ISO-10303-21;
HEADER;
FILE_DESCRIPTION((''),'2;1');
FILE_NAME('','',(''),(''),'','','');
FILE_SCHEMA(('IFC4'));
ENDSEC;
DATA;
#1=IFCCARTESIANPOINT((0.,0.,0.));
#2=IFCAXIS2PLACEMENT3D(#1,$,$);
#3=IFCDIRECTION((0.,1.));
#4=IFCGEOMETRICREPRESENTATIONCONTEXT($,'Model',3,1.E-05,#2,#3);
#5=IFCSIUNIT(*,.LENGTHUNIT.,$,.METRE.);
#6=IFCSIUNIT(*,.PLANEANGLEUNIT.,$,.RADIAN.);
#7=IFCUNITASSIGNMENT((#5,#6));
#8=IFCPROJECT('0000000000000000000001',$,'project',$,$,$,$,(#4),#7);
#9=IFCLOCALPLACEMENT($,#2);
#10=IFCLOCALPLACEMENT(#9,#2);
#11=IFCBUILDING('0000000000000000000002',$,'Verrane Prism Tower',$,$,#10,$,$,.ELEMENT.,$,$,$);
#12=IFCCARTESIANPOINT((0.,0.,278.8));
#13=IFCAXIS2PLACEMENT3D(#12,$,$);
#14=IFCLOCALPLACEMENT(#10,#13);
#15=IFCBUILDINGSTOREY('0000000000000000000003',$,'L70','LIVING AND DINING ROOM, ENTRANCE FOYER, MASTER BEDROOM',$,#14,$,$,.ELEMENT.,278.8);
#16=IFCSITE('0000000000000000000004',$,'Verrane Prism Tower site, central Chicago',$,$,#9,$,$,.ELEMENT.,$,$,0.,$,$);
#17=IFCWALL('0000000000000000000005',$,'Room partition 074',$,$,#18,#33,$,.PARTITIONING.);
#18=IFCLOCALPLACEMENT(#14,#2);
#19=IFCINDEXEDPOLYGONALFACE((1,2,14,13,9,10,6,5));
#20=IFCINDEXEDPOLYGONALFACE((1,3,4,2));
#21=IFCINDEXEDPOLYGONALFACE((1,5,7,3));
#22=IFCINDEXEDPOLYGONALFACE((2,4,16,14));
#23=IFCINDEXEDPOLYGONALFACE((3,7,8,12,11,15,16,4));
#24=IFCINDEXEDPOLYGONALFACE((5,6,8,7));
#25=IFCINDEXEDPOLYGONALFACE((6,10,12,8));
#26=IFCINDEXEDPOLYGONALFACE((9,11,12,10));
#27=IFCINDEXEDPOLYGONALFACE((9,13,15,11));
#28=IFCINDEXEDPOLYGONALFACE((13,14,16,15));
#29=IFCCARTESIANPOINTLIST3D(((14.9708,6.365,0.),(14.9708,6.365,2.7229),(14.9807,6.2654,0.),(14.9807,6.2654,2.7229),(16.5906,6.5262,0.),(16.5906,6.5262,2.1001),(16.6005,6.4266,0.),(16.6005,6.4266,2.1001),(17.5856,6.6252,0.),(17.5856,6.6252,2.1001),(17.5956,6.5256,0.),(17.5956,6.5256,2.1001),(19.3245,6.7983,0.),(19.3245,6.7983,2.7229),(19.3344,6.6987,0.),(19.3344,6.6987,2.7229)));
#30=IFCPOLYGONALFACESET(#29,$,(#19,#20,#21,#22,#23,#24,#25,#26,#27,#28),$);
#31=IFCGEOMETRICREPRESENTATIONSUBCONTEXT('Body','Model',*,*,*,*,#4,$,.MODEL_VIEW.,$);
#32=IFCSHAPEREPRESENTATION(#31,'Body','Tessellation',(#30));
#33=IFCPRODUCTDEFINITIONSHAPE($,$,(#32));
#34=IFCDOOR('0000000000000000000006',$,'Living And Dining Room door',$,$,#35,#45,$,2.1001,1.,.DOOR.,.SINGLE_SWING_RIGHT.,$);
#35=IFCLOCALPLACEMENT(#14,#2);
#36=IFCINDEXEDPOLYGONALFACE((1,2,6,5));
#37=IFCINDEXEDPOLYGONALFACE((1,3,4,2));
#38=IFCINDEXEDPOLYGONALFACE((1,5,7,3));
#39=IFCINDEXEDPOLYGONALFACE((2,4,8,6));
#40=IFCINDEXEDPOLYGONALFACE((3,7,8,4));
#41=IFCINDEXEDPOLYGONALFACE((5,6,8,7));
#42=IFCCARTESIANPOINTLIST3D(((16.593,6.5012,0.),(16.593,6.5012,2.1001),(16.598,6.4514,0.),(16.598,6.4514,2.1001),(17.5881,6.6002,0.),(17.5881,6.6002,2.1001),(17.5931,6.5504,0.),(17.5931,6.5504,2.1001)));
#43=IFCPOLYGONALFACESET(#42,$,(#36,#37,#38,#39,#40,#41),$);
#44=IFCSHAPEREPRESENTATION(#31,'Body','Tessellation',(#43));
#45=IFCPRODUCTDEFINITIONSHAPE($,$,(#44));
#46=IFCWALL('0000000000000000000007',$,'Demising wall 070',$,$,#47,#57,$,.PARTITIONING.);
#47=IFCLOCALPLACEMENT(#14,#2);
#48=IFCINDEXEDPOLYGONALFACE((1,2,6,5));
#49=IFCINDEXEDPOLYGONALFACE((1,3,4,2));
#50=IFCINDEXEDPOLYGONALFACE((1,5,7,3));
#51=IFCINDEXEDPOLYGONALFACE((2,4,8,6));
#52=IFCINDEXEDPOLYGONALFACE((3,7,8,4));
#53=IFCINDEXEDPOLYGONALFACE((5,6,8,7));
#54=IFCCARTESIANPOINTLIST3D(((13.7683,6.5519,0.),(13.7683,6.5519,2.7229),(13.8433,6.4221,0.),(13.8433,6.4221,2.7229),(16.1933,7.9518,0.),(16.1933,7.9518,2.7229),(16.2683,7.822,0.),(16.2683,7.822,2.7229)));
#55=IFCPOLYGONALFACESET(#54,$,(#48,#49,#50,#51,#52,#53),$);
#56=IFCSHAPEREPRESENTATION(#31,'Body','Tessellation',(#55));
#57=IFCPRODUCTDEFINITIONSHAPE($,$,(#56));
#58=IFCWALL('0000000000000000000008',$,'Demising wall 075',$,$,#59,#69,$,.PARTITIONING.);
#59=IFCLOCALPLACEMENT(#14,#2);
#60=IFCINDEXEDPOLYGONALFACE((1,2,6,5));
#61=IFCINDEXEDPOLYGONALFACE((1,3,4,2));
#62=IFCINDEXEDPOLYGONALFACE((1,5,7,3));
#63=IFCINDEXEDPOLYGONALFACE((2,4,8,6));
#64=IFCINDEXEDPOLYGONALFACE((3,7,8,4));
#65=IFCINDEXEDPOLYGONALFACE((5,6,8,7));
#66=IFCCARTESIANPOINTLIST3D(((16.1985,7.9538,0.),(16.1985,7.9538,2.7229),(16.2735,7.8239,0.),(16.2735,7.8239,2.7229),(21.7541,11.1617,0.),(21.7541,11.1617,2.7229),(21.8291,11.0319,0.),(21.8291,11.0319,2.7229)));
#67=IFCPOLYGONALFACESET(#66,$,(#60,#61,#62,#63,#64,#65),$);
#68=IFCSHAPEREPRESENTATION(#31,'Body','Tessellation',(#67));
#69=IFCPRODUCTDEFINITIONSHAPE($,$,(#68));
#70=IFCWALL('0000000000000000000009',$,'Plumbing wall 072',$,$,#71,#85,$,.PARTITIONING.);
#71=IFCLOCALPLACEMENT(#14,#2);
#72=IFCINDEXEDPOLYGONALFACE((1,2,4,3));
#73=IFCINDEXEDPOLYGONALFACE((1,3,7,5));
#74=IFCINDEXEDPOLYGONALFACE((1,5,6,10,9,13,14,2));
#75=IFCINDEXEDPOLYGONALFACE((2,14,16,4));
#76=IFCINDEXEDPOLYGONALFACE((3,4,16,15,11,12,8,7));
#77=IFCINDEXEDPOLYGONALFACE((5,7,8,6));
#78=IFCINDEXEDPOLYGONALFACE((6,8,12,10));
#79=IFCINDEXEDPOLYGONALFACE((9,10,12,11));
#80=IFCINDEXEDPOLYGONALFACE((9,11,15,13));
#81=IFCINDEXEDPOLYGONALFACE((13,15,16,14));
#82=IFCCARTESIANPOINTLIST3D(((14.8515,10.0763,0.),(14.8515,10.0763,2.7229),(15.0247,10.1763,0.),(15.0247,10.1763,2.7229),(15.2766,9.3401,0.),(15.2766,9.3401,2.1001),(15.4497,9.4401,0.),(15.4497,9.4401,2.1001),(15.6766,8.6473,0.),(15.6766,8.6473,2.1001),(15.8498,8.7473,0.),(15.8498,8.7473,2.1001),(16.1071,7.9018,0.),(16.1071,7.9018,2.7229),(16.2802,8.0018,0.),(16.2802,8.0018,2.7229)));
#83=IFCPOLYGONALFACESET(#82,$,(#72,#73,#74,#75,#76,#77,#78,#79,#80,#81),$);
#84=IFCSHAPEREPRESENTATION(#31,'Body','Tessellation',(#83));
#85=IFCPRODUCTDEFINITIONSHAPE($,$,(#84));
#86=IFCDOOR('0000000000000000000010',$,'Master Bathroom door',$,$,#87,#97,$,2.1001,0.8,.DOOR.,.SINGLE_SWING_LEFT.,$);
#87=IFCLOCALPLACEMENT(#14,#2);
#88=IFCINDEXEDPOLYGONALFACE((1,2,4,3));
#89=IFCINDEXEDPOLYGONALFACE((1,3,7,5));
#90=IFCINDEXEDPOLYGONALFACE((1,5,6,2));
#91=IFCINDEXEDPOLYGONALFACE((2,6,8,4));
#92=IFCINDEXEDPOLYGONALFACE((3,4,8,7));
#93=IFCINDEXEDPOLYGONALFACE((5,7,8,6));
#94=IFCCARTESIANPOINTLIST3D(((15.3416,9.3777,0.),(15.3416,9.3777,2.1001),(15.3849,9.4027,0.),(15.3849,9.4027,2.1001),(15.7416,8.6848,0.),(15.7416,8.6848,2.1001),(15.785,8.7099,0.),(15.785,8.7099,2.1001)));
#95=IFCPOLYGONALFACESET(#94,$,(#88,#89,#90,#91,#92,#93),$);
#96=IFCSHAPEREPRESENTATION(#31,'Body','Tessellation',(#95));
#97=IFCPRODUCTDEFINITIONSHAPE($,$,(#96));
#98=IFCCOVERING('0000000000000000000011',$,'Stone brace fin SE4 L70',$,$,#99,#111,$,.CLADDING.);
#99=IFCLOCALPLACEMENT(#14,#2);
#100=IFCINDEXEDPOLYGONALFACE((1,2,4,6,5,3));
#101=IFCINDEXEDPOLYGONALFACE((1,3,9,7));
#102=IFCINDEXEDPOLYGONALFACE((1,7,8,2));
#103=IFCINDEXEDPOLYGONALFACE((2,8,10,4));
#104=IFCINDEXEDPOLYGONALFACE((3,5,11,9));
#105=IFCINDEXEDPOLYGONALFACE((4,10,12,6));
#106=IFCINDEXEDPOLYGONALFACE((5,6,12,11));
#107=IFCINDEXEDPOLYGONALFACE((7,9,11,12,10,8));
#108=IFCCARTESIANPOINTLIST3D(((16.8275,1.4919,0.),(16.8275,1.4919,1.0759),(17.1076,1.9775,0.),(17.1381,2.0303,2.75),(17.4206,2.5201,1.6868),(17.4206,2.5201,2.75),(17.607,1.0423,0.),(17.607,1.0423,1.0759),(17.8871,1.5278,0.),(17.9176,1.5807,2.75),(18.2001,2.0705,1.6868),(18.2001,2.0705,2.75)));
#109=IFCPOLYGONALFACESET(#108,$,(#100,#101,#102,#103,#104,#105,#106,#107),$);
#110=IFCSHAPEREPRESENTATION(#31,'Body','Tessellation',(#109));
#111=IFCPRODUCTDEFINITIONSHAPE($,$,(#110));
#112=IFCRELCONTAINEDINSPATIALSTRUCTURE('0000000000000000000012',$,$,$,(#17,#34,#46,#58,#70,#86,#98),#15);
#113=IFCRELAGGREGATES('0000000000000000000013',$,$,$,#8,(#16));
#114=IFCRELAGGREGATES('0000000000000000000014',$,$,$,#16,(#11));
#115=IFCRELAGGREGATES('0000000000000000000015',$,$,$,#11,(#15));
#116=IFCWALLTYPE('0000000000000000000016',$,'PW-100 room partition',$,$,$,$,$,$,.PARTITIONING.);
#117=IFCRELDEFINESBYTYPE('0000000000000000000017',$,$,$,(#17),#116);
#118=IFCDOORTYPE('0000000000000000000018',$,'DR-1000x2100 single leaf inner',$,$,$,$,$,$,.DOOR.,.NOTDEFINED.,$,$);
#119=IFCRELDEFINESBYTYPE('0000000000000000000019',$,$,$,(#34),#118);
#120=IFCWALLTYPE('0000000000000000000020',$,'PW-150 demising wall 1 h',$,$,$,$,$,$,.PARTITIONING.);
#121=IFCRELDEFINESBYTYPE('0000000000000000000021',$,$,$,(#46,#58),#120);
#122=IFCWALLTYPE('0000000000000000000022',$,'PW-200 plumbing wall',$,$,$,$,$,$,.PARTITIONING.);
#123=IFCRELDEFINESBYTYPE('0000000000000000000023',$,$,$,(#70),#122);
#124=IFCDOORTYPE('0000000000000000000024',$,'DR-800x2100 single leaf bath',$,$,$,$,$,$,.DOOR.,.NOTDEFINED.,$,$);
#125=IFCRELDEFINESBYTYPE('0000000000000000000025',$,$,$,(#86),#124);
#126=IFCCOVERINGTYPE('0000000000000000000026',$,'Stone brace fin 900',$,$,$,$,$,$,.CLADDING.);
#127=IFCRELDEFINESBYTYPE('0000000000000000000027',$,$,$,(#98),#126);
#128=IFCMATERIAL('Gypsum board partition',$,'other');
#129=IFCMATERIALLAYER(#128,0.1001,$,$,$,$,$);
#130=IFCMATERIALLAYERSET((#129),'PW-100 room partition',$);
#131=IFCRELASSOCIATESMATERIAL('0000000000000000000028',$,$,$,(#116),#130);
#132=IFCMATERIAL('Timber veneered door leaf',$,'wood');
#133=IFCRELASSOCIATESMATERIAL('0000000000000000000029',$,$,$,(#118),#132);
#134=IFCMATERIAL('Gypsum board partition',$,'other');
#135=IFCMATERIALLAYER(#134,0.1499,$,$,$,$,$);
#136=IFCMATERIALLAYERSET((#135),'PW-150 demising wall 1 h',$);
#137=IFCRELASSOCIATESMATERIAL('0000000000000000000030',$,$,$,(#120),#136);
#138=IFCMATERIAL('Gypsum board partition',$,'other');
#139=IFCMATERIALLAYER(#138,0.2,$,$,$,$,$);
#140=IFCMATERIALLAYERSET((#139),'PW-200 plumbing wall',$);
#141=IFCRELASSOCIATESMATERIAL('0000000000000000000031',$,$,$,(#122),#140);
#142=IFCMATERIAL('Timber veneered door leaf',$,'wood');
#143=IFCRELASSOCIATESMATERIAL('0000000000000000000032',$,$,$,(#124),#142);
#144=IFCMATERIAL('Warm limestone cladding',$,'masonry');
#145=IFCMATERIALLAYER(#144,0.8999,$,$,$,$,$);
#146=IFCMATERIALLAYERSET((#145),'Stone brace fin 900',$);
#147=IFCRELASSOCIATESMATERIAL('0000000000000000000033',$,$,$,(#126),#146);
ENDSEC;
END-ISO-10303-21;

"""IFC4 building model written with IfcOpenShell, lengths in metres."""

from ifc_helpers import new_model, si_unit, direction, frame, frame_2d, origin, place, context, subcontext, project, spatial, polyline, rectangle, outline, extrude, material, layer, layer_set, type_object, element, fill, save


model = new_model("IFC4")

# Units and contexts
model_context = context("Model", 3, precision=1e-05, world=origin(), true_north=direction((0.0, 1.0)))
body_context = subcontext(model_context, "Body", "Model", "MODEL_VIEW")
ifc_project = project(units=[si_unit("LENGTHUNIT", "METRE"), si_unit("PLANEANGLEUNIT", "RADIAN")], contexts=[model_context])

# Site, building, storey
site_placement = place(None, origin())
site = spatial("IfcSite", under=ifc_project, at=site_placement, Name="Verrane Prism Tower site, central Chicago", CompositionType="ELEMENT", RefElevation=0.0)
building_placement = place(site_placement, origin())
building = spatial("IfcBuilding", under=site, at=building_placement, Name="Verrane Prism Tower", CompositionType="ELEMENT")
storey_placement = place(building_placement, frame((0.0, 0.0, 278.8)))
storey = spatial("IfcBuildingStorey", under=building, at=storey_placement, Name="L70", Description="LIVING AND DINING ROOM, ENTRANCE FOYER, MASTER BEDROOM", CompositionType="ELEMENT", Elevation=278.8)

# Shared definitions
ifc_material_1 = material(Name="Gypsum board partition", Category="other")
ifc_layer_1 = layer(ifc_material_1, 0.1001)
ifc_layer_set_1 = layer_set([ifc_layer_1], Name="PW-100 room partition")
wall_type_1 = type_object("IfcWallType", Name="PW-100 room partition", PredefinedType="PARTITIONING", material=ifc_layer_set_1)

# Wall, opening, door
wall_1_placement = place(storey_placement, frame((14.9758, 6.3152, 0.0), z_axis=(0.0, 0.0, 1.0), x_axis=(0.995083, 0.099045, 0.0)))
wall_1 = element("IfcWall", 1, at=wall_1_placement, inside=storey, type_object=wall_type_1, Name="Room partition 074", PredefinedType="PARTITIONING", context=body_context, shape_type="SweptSolid", body=[
    extrude(rectangle(XDim=4.3752, YDim=0.1001, at=frame_2d((2.1875, 0.0))), origin(), (0.0, 0.0, 1.0), 2.7229),
])
opening_1_placement = place(wall_1_placement, frame((1.6277, 0.0, 0.0)))
opening_1 = element("IfcOpeningElement", 2, at=opening_1_placement, cuts=wall_1, PredefinedType="OPENING", context=body_context, shape_type="SweptSolid", body=[
    extrude(rectangle(XDim=1.0, YDim=2.1001, at=frame_2d((0.5, 1.05))), frame((0.0, 0.0601, 0.0), z_axis=(0.0, -1.0, 0.0), x_axis=(1.0, 0.0, 0.0)), (0.0, 0.0, 1.0), 0.1201),
])
ifc_material_2 = material(Name="Timber veneered door leaf", Category="wood")
door_type_1 = type_object("IfcDoorType", Name="DR-1000x2100 single leaf inner", OperationType="NOTDEFINED", PredefinedType="DOOR", material=ifc_material_2)
door_1_placement = place(opening_1_placement, origin())
door_1 = element("IfcDoor", 3, at=door_1_placement, inside=storey, type_object=door_type_1, Name="Living And Dining Room door", OperationType="SINGLE_SWING_RIGHT", OverallHeight=2.1001, OverallWidth=1.0, PredefinedType="DOOR", context=body_context, shape_type="SweptSolid", body=[
    extrude(rectangle(XDim=1.0, YDim=2.1001, at=frame_2d((0.5, 1.05))), frame((0.0, 0.0249, 0.0), z_axis=(0.0, -1.0, 0.0), x_axis=(1.0, 0.0, 0.0)), (0.0, 0.0, 1.0), 0.05),
])
fill(opening_1, door_1)

# Walls
ifc_material_3 = material(Name="Gypsum board partition", Category="other")
ifc_layer_2 = layer(ifc_material_3, 0.1499)
ifc_layer_set_2 = layer_set([ifc_layer_2], Name="PW-150 demising wall 1 h")
wall_type_2 = type_object("IfcWallType", Name="PW-150 demising wall 1 h", PredefinedType="PARTITIONING", material=ifc_layer_set_2)
wall_2_placement = place(storey_placement, frame((13.8059, 6.4871, 0.0), z_axis=(0.0, 0.0, 1.0), x_axis=(0.866056, 0.499946, 0.0)))
element("IfcWall", 4, at=wall_2_placement, inside=storey, type_object=wall_type_2, Name="Demising wall 070", PredefinedType="PARTITIONING", context=body_context, shape_type="SweptSolid", body=[
    extrude(rectangle(XDim=2.8, YDim=0.1499, at=frame_2d((1.3999, 0.0))), origin(), (0.0, 0.0, 1.0), 2.7229),
])
wall_3_placement = place(storey_placement, frame((16.2361, 7.8889, 0.0), z_axis=(0.0, 0.0, 1.0), x_axis=(0.865995, 0.500052, 0.0)))
element("IfcWall", 5, at=wall_3_placement, inside=storey, type_object=wall_type_2, Name="Demising wall 075", PredefinedType="PARTITIONING", context=body_context, shape_type="SweptSolid", body=[
    extrude(rectangle(XDim=6.4153, YDim=0.1499, at=frame_2d((3.2075, 0.0))), origin(), (0.0, 0.0, 1.0), 2.7229),
])

# Wall, opening, door
ifc_material_4 = material(Name="Gypsum board partition", Category="other")
ifc_layer_3 = layer(ifc_material_4, 0.2)
ifc_layer_set_3 = layer_set([ifc_layer_3], Name="PW-200 plumbing wall")
wall_type_3 = type_object("IfcWallType", Name="PW-200 plumbing wall", PredefinedType="PARTITIONING", material=ifc_layer_set_3)
wall_4_placement = place(storey_placement, frame((16.1936, 7.9519, 0.0), z_axis=(0.0, 0.0, 1.0), x_axis=(-0.500039, 0.866003, 0.0)))
wall_4 = element("IfcWall", 6, at=wall_4_placement, inside=storey, type_object=wall_type_3, Name="Plumbing wall 072", PredefinedType="PARTITIONING", context=body_context, shape_type="SweptSolid", body=[
    extrude(rectangle(XDim=2.511, YDim=0.2, at=frame_2d((1.2554, 0.0))), origin(), (0.0, 0.0, 1.0), 2.7229),
])
opening_2_placement = place(wall_4_placement, frame((0.8608, 0.0, 0.0)))
opening_2 = element("IfcOpeningElement", 7, at=opening_2_placement, cuts=wall_4, PredefinedType="OPENING", context=body_context, shape_type="SweptSolid", body=[
    extrude(rectangle(XDim=0.8, YDim=2.1001, at=frame_2d((0.3999, 1.05))), frame((0.0, 0.1099, 0.0), z_axis=(0.0, -1.0, 0.0), x_axis=(1.0, 0.0, 0.0)), (0.0, 0.0, 1.0), 0.22),
])
ifc_material_5 = material(Name="Timber veneered door leaf", Category="wood")
door_type_2 = type_object("IfcDoorType", Name="DR-800x2100 single leaf bath", OperationType="NOTDEFINED", PredefinedType="DOOR", material=ifc_material_5)
door_2_placement = place(opening_2_placement, origin())
door_2 = element("IfcDoor", 8, at=door_2_placement, inside=storey, type_object=door_type_2, Name="Master Bathroom door", OperationType="SINGLE_SWING_LEFT", OverallHeight=2.1001, OverallWidth=0.8, PredefinedType="DOOR", context=body_context, shape_type="SweptSolid", body=[
    extrude(rectangle(XDim=0.8, YDim=2.1001, at=frame_2d((0.3999, 1.05))), frame((0.0, 0.0249, 0.0), z_axis=(0.0, -1.0, 0.0), x_axis=(1.0, 0.0, 0.0)), (0.0, 0.0, 1.0), 0.05),
])
fill(opening_2, door_2)

# Covering
ifc_material_6 = material(Name="Warm limestone cladding", Category="masonry")
ifc_layer_4 = layer(ifc_material_6, 0.8999)
ifc_layer_set_4 = layer_set([ifc_layer_4], Name="Stone brace fin 900")
covering_type = type_object("IfcCoveringType", Name="Stone brace fin 900", PredefinedType="CLADDING", material=ifc_layer_set_4)
covering_placement = place(storey_placement, frame((17.2173, 1.2671, 0.0), z_axis=(0.0, 0.0, 1.0), x_axis=(0.499657, 0.866223, 0.0)))
element("IfcCovering", 9, at=covering_placement, inside=storey, type_object=covering_type, Name="Stone brace fin SE4 L70", PredefinedType="CLADDING", context=body_context, shape_type="SweptSolid", body=[
    extrude(outline(polyline([(1.187, 2.75), (0.6216, 2.75), (0.0, 1.0759), (0.0, 0.0), (0.5605, 0.0), (1.187, 1.6868), (1.187, 2.75)])), frame((0.0, 0.45, 0.0), z_axis=(0.0, -1.0, 0.0), x_axis=(1.0, 0.0, 0.0)), (0.0, 0.0, 1.0), 0.8999),
])

save(model, "model.ifc")
